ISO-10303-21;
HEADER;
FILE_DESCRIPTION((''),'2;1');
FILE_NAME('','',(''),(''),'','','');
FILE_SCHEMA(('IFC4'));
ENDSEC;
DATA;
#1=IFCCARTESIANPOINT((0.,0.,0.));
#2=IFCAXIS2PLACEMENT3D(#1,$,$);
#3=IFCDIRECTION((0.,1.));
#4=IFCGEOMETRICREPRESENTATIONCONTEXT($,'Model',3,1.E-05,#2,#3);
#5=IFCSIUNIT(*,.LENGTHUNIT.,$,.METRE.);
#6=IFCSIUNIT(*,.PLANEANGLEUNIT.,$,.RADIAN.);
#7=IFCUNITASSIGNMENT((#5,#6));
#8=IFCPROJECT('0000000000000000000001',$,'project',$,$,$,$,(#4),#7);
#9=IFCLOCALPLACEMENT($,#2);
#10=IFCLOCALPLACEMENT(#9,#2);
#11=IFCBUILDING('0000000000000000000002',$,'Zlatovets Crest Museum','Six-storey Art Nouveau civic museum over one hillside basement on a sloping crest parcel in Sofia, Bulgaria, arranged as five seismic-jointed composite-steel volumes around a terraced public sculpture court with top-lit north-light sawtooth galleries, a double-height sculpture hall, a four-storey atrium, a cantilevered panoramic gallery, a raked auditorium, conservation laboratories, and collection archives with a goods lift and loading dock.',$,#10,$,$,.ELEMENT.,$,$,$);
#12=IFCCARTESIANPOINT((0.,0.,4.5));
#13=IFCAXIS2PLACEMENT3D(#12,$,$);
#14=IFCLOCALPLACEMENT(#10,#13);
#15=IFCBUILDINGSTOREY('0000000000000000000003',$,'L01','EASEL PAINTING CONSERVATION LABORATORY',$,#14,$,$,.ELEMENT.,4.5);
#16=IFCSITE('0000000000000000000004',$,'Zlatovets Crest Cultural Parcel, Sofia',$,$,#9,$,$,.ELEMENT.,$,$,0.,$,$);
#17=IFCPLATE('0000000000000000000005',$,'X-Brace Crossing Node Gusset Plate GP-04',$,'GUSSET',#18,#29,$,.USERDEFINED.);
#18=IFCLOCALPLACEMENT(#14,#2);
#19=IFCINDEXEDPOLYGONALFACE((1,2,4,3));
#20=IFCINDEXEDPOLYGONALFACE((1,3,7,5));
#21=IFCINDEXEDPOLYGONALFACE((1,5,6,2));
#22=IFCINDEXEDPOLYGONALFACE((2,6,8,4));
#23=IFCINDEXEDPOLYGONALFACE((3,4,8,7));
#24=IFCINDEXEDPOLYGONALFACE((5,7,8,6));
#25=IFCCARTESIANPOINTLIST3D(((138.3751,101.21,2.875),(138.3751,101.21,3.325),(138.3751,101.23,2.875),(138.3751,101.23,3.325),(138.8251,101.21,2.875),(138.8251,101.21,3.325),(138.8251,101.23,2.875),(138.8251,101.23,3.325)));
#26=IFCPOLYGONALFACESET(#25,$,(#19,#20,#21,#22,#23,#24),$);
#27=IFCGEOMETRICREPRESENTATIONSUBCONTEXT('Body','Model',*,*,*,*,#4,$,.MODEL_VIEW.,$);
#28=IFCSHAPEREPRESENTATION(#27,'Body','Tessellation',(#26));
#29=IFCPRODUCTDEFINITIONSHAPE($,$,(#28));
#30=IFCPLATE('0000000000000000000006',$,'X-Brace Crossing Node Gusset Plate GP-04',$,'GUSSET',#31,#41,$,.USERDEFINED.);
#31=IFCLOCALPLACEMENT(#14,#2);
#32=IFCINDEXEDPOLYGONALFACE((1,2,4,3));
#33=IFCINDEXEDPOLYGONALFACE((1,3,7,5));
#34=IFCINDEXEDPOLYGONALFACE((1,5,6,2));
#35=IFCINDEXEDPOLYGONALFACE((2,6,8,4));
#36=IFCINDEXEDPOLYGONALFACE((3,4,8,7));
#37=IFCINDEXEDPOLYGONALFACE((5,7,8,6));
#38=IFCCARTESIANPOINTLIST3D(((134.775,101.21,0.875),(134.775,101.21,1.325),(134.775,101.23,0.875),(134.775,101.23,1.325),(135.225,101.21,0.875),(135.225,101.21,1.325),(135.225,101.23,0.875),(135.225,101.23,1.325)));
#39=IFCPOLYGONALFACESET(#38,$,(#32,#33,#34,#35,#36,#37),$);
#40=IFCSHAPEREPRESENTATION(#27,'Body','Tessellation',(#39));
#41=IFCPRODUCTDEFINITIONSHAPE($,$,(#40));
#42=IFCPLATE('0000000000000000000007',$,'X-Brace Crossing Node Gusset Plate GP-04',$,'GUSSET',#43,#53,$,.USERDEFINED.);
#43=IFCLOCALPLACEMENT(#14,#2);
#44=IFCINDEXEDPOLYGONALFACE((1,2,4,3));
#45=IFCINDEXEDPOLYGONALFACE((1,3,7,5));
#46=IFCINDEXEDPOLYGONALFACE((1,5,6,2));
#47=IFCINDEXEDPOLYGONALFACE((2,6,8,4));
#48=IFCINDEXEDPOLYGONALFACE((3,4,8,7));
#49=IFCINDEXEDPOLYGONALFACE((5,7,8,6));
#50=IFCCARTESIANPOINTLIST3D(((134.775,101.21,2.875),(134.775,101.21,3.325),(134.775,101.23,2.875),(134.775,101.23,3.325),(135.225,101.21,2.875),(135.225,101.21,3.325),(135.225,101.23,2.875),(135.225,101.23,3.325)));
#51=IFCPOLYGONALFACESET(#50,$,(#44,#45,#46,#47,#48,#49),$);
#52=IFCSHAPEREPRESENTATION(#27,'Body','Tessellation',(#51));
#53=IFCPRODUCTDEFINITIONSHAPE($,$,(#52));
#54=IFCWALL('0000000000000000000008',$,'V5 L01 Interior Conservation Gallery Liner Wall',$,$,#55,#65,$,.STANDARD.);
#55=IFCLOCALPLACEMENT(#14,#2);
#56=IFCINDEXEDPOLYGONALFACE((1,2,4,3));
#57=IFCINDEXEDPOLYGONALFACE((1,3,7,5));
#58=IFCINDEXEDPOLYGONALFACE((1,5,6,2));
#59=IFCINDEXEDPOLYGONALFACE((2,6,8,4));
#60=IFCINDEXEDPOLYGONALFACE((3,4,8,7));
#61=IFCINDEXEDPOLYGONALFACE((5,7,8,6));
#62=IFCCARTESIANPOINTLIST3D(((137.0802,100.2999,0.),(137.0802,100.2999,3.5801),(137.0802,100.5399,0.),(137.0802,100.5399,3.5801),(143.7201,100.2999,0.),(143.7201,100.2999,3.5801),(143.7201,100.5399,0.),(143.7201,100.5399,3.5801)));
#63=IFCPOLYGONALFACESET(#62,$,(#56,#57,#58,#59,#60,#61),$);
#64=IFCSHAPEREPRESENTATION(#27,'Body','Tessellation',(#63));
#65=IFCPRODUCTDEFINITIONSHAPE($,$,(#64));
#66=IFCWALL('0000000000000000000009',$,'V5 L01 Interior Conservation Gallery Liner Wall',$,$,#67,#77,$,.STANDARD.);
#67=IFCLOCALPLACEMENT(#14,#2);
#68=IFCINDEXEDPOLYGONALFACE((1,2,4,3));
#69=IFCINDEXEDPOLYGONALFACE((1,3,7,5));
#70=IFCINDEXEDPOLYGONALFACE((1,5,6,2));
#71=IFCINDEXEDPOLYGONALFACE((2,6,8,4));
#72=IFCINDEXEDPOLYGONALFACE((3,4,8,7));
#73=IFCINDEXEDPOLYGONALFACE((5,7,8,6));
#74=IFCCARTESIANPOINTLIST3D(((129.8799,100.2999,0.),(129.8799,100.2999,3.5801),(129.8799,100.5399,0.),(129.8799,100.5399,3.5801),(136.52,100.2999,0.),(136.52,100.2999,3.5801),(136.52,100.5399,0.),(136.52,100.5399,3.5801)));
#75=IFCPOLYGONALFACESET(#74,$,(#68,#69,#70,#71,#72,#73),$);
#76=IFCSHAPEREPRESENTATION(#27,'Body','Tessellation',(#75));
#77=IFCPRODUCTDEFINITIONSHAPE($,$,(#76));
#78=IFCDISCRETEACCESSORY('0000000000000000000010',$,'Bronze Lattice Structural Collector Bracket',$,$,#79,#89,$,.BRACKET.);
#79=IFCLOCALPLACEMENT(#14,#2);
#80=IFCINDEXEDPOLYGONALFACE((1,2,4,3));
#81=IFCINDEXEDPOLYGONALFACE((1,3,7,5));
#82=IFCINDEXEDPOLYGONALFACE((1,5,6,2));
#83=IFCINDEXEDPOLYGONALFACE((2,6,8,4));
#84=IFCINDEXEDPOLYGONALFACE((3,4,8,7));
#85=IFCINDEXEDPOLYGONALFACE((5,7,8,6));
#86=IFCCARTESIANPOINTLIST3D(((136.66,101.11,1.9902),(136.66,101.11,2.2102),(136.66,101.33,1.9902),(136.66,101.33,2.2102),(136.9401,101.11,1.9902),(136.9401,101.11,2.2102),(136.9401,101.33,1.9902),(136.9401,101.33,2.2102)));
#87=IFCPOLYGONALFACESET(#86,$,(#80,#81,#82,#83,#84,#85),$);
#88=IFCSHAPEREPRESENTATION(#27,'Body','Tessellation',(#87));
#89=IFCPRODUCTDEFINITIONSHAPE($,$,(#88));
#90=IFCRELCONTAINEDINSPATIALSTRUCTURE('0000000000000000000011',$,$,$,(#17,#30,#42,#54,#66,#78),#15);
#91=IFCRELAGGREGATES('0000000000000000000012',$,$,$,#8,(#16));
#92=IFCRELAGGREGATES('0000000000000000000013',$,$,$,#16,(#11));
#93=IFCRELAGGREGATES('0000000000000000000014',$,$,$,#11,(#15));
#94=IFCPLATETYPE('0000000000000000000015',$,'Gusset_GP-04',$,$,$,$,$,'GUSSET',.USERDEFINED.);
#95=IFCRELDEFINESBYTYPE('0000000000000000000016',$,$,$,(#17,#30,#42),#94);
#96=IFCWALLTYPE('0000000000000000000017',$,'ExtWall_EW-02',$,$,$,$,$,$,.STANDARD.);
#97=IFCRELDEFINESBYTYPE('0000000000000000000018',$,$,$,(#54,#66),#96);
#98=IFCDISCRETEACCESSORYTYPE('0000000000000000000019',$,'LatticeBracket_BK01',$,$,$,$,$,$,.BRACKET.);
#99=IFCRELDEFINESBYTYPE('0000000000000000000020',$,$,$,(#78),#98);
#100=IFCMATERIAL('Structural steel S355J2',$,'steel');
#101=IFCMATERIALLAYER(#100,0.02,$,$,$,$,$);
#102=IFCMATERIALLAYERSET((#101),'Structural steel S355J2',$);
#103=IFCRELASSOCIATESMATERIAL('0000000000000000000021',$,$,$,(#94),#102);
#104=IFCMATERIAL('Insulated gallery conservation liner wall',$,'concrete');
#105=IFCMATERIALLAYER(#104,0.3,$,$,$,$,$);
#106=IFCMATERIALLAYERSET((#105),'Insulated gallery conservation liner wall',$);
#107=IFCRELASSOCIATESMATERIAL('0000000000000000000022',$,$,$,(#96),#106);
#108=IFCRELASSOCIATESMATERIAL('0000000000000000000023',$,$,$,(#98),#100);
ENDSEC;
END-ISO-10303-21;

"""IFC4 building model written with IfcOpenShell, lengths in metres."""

from ifc_helpers import new_model, si_unit, direction, frame, frame_2d, origin, origin_2d, place, context, subcontext, project, spatial, rectangle, extrude, material, layer, layer_set, type_object, element, save


model = new_model("IFC4")

# Units and contexts
model_context = context("Model", 3, precision=1e-05, world=origin(), true_north=direction((0.0, 1.0)))
body_context = subcontext(model_context, "Body", "Model", "MODEL_VIEW")
ifc_project = project(units=[si_unit("LENGTHUNIT", "METRE"), si_unit("PLANEANGLEUNIT", "RADIAN")], contexts=[model_context])

# Site, building, storey
site_placement = place(None, origin())
site = spatial("IfcSite", under=ifc_project, at=site_placement, Name="Zlatovets Crest Cultural Parcel, Sofia", CompositionType="ELEMENT", RefElevation=0.0)
building_placement = place(site_placement, origin())
building = spatial("IfcBuilding", under=site, at=building_placement, Name="Zlatovets Crest Museum", Description="Six-storey Art Nouveau civic museum over one hillside basement on a sloping crest parcel in Sofia, Bulgaria, arranged as five seismic-jointed composite-steel volumes around a terraced public sculpture court with top-lit north-light sawtooth galleries, a double-height sculpture hall, a four-storey atrium, a cantilevered panoramic gallery, a raked auditorium, conservation laboratories, and collection archives with a goods lift and loading dock.", CompositionType="ELEMENT")
storey_placement = place(building_placement, frame((0.0, 0.0, 4.5)))
storey = spatial("IfcBuildingStorey", under=building, at=storey_placement, Name="L01", Description="EASEL PAINTING CONSERVATION LABORATORY", CompositionType="ELEMENT", Elevation=4.5)

# Shared definitions
ifc_material_1 = material(Name="Structural steel S355J2", Category="steel")

# Plates
ifc_layer_1 = layer(ifc_material_1, 0.02)
ifc_layer_set_1 = layer_set([ifc_layer_1], Name="Structural steel S355J2")
plate_type_1 = type_object("IfcPlateType", Name="Gusset_GP-04", ElementType="GUSSET", PredefinedType="USERDEFINED", material=ifc_layer_set_1)
for number, where, z_axis, x_axis, name in (
    (1, (138.6001, 101.22, 2.875), (0.0, 0.0, 1.0), (1.0, 0.0, 0.0), "X-Brace Crossing Node Gusset Plate GP-04"),
    (2, (135.0, 101.22, 0.875), (0.0, 0.0, 1.0), (1.0, 0.0, 0.0), "X-Brace Crossing Node Gusset Plate GP-04"),
    (3, (135.0, 101.22, 2.875), (0.0, 0.0, 1.0), (1.0, 0.0, 0.0), "X-Brace Crossing Node Gusset Plate GP-04"),
):
    element("IfcPlate", number, at=place(storey_placement, frame(where, z_axis=z_axis, x_axis=x_axis)), inside=storey, type_object=plate_type_1, Name=name, ObjectType="GUSSET", PredefinedType="USERDEFINED", context=body_context, shape_type="SweptSolid", body=[
        extrude(rectangle(XDim=0.45, YDim=0.02, at=origin_2d()), origin(), (0.0, 0.0, 1.0), 0.45),
    ])

# Walls
ifc_material_2 = material(Name="Insulated gallery conservation liner wall", Category="concrete")
ifc_layer_2 = layer(ifc_material_2, 0.3)
ifc_layer_set_2 = layer_set([ifc_layer_2], Name="Insulated gallery conservation liner wall")
wall_type = type_object("IfcWallType", Name="ExtWall_EW-02", PredefinedType="STANDARD", material=ifc_layer_set_2)
wall_1_placement = place(storey_placement, frame((143.72, 100.4199, 0.0), z_axis=(0.0, 0.0, 1.0), x_axis=(-1.0, 0.0, 0.0)))
element("IfcWall", 4, at=wall_1_placement, inside=storey, type_object=wall_type, Name="V5 L01 Interior Conservation Gallery Liner Wall", PredefinedType="STANDARD", context=body_context, shape_type="SweptSolid", body=[
    extrude(rectangle(XDim=6.6399, YDim=0.24, at=frame_2d((3.3198, 0.0))), origin(), (0.0, 0.0, 1.0), 3.5801),
])
wall_2_placement = place(storey_placement, frame((136.52, 100.4199, 0.0), z_axis=(0.0, 0.0, 1.0), x_axis=(-1.0, 0.0, 0.0)))
element("IfcWall", 5, at=wall_2_placement, inside=storey, type_object=wall_type, Name="V5 L01 Interior Conservation Gallery Liner Wall", PredefinedType="STANDARD", context=body_context, shape_type="SweptSolid", body=[
    extrude(rectangle(XDim=6.6401, YDim=0.24, at=frame_2d((3.3201, 0.0))), origin(), (0.0, 0.0, 1.0), 3.5801),
])

# Discrete accessory
discrete_accessory_type = type_object("IfcDiscreteAccessoryType", Name="LatticeBracket_BK01", PredefinedType="BRACKET", material=ifc_material_1)
discrete_accessory_placement = place(storey_placement, frame((136.8, 101.22, 1.9902), z_axis=(0.0, 0.0, 1.0), x_axis=(1.0, 0.0, 0.0)))
element("IfcDiscreteAccessory", 6, at=discrete_accessory_placement, inside=storey, type_object=discrete_accessory_type, Name="Bronze Lattice Structural Collector Bracket", PredefinedType="BRACKET", context=body_context, shape_type="SweptSolid", body=[
    extrude(rectangle(XDim=0.28, YDim=0.22, at=origin_2d()), origin(), (0.0, 0.0, 1.0), 0.22),
])

save(model, "model.ifc")
